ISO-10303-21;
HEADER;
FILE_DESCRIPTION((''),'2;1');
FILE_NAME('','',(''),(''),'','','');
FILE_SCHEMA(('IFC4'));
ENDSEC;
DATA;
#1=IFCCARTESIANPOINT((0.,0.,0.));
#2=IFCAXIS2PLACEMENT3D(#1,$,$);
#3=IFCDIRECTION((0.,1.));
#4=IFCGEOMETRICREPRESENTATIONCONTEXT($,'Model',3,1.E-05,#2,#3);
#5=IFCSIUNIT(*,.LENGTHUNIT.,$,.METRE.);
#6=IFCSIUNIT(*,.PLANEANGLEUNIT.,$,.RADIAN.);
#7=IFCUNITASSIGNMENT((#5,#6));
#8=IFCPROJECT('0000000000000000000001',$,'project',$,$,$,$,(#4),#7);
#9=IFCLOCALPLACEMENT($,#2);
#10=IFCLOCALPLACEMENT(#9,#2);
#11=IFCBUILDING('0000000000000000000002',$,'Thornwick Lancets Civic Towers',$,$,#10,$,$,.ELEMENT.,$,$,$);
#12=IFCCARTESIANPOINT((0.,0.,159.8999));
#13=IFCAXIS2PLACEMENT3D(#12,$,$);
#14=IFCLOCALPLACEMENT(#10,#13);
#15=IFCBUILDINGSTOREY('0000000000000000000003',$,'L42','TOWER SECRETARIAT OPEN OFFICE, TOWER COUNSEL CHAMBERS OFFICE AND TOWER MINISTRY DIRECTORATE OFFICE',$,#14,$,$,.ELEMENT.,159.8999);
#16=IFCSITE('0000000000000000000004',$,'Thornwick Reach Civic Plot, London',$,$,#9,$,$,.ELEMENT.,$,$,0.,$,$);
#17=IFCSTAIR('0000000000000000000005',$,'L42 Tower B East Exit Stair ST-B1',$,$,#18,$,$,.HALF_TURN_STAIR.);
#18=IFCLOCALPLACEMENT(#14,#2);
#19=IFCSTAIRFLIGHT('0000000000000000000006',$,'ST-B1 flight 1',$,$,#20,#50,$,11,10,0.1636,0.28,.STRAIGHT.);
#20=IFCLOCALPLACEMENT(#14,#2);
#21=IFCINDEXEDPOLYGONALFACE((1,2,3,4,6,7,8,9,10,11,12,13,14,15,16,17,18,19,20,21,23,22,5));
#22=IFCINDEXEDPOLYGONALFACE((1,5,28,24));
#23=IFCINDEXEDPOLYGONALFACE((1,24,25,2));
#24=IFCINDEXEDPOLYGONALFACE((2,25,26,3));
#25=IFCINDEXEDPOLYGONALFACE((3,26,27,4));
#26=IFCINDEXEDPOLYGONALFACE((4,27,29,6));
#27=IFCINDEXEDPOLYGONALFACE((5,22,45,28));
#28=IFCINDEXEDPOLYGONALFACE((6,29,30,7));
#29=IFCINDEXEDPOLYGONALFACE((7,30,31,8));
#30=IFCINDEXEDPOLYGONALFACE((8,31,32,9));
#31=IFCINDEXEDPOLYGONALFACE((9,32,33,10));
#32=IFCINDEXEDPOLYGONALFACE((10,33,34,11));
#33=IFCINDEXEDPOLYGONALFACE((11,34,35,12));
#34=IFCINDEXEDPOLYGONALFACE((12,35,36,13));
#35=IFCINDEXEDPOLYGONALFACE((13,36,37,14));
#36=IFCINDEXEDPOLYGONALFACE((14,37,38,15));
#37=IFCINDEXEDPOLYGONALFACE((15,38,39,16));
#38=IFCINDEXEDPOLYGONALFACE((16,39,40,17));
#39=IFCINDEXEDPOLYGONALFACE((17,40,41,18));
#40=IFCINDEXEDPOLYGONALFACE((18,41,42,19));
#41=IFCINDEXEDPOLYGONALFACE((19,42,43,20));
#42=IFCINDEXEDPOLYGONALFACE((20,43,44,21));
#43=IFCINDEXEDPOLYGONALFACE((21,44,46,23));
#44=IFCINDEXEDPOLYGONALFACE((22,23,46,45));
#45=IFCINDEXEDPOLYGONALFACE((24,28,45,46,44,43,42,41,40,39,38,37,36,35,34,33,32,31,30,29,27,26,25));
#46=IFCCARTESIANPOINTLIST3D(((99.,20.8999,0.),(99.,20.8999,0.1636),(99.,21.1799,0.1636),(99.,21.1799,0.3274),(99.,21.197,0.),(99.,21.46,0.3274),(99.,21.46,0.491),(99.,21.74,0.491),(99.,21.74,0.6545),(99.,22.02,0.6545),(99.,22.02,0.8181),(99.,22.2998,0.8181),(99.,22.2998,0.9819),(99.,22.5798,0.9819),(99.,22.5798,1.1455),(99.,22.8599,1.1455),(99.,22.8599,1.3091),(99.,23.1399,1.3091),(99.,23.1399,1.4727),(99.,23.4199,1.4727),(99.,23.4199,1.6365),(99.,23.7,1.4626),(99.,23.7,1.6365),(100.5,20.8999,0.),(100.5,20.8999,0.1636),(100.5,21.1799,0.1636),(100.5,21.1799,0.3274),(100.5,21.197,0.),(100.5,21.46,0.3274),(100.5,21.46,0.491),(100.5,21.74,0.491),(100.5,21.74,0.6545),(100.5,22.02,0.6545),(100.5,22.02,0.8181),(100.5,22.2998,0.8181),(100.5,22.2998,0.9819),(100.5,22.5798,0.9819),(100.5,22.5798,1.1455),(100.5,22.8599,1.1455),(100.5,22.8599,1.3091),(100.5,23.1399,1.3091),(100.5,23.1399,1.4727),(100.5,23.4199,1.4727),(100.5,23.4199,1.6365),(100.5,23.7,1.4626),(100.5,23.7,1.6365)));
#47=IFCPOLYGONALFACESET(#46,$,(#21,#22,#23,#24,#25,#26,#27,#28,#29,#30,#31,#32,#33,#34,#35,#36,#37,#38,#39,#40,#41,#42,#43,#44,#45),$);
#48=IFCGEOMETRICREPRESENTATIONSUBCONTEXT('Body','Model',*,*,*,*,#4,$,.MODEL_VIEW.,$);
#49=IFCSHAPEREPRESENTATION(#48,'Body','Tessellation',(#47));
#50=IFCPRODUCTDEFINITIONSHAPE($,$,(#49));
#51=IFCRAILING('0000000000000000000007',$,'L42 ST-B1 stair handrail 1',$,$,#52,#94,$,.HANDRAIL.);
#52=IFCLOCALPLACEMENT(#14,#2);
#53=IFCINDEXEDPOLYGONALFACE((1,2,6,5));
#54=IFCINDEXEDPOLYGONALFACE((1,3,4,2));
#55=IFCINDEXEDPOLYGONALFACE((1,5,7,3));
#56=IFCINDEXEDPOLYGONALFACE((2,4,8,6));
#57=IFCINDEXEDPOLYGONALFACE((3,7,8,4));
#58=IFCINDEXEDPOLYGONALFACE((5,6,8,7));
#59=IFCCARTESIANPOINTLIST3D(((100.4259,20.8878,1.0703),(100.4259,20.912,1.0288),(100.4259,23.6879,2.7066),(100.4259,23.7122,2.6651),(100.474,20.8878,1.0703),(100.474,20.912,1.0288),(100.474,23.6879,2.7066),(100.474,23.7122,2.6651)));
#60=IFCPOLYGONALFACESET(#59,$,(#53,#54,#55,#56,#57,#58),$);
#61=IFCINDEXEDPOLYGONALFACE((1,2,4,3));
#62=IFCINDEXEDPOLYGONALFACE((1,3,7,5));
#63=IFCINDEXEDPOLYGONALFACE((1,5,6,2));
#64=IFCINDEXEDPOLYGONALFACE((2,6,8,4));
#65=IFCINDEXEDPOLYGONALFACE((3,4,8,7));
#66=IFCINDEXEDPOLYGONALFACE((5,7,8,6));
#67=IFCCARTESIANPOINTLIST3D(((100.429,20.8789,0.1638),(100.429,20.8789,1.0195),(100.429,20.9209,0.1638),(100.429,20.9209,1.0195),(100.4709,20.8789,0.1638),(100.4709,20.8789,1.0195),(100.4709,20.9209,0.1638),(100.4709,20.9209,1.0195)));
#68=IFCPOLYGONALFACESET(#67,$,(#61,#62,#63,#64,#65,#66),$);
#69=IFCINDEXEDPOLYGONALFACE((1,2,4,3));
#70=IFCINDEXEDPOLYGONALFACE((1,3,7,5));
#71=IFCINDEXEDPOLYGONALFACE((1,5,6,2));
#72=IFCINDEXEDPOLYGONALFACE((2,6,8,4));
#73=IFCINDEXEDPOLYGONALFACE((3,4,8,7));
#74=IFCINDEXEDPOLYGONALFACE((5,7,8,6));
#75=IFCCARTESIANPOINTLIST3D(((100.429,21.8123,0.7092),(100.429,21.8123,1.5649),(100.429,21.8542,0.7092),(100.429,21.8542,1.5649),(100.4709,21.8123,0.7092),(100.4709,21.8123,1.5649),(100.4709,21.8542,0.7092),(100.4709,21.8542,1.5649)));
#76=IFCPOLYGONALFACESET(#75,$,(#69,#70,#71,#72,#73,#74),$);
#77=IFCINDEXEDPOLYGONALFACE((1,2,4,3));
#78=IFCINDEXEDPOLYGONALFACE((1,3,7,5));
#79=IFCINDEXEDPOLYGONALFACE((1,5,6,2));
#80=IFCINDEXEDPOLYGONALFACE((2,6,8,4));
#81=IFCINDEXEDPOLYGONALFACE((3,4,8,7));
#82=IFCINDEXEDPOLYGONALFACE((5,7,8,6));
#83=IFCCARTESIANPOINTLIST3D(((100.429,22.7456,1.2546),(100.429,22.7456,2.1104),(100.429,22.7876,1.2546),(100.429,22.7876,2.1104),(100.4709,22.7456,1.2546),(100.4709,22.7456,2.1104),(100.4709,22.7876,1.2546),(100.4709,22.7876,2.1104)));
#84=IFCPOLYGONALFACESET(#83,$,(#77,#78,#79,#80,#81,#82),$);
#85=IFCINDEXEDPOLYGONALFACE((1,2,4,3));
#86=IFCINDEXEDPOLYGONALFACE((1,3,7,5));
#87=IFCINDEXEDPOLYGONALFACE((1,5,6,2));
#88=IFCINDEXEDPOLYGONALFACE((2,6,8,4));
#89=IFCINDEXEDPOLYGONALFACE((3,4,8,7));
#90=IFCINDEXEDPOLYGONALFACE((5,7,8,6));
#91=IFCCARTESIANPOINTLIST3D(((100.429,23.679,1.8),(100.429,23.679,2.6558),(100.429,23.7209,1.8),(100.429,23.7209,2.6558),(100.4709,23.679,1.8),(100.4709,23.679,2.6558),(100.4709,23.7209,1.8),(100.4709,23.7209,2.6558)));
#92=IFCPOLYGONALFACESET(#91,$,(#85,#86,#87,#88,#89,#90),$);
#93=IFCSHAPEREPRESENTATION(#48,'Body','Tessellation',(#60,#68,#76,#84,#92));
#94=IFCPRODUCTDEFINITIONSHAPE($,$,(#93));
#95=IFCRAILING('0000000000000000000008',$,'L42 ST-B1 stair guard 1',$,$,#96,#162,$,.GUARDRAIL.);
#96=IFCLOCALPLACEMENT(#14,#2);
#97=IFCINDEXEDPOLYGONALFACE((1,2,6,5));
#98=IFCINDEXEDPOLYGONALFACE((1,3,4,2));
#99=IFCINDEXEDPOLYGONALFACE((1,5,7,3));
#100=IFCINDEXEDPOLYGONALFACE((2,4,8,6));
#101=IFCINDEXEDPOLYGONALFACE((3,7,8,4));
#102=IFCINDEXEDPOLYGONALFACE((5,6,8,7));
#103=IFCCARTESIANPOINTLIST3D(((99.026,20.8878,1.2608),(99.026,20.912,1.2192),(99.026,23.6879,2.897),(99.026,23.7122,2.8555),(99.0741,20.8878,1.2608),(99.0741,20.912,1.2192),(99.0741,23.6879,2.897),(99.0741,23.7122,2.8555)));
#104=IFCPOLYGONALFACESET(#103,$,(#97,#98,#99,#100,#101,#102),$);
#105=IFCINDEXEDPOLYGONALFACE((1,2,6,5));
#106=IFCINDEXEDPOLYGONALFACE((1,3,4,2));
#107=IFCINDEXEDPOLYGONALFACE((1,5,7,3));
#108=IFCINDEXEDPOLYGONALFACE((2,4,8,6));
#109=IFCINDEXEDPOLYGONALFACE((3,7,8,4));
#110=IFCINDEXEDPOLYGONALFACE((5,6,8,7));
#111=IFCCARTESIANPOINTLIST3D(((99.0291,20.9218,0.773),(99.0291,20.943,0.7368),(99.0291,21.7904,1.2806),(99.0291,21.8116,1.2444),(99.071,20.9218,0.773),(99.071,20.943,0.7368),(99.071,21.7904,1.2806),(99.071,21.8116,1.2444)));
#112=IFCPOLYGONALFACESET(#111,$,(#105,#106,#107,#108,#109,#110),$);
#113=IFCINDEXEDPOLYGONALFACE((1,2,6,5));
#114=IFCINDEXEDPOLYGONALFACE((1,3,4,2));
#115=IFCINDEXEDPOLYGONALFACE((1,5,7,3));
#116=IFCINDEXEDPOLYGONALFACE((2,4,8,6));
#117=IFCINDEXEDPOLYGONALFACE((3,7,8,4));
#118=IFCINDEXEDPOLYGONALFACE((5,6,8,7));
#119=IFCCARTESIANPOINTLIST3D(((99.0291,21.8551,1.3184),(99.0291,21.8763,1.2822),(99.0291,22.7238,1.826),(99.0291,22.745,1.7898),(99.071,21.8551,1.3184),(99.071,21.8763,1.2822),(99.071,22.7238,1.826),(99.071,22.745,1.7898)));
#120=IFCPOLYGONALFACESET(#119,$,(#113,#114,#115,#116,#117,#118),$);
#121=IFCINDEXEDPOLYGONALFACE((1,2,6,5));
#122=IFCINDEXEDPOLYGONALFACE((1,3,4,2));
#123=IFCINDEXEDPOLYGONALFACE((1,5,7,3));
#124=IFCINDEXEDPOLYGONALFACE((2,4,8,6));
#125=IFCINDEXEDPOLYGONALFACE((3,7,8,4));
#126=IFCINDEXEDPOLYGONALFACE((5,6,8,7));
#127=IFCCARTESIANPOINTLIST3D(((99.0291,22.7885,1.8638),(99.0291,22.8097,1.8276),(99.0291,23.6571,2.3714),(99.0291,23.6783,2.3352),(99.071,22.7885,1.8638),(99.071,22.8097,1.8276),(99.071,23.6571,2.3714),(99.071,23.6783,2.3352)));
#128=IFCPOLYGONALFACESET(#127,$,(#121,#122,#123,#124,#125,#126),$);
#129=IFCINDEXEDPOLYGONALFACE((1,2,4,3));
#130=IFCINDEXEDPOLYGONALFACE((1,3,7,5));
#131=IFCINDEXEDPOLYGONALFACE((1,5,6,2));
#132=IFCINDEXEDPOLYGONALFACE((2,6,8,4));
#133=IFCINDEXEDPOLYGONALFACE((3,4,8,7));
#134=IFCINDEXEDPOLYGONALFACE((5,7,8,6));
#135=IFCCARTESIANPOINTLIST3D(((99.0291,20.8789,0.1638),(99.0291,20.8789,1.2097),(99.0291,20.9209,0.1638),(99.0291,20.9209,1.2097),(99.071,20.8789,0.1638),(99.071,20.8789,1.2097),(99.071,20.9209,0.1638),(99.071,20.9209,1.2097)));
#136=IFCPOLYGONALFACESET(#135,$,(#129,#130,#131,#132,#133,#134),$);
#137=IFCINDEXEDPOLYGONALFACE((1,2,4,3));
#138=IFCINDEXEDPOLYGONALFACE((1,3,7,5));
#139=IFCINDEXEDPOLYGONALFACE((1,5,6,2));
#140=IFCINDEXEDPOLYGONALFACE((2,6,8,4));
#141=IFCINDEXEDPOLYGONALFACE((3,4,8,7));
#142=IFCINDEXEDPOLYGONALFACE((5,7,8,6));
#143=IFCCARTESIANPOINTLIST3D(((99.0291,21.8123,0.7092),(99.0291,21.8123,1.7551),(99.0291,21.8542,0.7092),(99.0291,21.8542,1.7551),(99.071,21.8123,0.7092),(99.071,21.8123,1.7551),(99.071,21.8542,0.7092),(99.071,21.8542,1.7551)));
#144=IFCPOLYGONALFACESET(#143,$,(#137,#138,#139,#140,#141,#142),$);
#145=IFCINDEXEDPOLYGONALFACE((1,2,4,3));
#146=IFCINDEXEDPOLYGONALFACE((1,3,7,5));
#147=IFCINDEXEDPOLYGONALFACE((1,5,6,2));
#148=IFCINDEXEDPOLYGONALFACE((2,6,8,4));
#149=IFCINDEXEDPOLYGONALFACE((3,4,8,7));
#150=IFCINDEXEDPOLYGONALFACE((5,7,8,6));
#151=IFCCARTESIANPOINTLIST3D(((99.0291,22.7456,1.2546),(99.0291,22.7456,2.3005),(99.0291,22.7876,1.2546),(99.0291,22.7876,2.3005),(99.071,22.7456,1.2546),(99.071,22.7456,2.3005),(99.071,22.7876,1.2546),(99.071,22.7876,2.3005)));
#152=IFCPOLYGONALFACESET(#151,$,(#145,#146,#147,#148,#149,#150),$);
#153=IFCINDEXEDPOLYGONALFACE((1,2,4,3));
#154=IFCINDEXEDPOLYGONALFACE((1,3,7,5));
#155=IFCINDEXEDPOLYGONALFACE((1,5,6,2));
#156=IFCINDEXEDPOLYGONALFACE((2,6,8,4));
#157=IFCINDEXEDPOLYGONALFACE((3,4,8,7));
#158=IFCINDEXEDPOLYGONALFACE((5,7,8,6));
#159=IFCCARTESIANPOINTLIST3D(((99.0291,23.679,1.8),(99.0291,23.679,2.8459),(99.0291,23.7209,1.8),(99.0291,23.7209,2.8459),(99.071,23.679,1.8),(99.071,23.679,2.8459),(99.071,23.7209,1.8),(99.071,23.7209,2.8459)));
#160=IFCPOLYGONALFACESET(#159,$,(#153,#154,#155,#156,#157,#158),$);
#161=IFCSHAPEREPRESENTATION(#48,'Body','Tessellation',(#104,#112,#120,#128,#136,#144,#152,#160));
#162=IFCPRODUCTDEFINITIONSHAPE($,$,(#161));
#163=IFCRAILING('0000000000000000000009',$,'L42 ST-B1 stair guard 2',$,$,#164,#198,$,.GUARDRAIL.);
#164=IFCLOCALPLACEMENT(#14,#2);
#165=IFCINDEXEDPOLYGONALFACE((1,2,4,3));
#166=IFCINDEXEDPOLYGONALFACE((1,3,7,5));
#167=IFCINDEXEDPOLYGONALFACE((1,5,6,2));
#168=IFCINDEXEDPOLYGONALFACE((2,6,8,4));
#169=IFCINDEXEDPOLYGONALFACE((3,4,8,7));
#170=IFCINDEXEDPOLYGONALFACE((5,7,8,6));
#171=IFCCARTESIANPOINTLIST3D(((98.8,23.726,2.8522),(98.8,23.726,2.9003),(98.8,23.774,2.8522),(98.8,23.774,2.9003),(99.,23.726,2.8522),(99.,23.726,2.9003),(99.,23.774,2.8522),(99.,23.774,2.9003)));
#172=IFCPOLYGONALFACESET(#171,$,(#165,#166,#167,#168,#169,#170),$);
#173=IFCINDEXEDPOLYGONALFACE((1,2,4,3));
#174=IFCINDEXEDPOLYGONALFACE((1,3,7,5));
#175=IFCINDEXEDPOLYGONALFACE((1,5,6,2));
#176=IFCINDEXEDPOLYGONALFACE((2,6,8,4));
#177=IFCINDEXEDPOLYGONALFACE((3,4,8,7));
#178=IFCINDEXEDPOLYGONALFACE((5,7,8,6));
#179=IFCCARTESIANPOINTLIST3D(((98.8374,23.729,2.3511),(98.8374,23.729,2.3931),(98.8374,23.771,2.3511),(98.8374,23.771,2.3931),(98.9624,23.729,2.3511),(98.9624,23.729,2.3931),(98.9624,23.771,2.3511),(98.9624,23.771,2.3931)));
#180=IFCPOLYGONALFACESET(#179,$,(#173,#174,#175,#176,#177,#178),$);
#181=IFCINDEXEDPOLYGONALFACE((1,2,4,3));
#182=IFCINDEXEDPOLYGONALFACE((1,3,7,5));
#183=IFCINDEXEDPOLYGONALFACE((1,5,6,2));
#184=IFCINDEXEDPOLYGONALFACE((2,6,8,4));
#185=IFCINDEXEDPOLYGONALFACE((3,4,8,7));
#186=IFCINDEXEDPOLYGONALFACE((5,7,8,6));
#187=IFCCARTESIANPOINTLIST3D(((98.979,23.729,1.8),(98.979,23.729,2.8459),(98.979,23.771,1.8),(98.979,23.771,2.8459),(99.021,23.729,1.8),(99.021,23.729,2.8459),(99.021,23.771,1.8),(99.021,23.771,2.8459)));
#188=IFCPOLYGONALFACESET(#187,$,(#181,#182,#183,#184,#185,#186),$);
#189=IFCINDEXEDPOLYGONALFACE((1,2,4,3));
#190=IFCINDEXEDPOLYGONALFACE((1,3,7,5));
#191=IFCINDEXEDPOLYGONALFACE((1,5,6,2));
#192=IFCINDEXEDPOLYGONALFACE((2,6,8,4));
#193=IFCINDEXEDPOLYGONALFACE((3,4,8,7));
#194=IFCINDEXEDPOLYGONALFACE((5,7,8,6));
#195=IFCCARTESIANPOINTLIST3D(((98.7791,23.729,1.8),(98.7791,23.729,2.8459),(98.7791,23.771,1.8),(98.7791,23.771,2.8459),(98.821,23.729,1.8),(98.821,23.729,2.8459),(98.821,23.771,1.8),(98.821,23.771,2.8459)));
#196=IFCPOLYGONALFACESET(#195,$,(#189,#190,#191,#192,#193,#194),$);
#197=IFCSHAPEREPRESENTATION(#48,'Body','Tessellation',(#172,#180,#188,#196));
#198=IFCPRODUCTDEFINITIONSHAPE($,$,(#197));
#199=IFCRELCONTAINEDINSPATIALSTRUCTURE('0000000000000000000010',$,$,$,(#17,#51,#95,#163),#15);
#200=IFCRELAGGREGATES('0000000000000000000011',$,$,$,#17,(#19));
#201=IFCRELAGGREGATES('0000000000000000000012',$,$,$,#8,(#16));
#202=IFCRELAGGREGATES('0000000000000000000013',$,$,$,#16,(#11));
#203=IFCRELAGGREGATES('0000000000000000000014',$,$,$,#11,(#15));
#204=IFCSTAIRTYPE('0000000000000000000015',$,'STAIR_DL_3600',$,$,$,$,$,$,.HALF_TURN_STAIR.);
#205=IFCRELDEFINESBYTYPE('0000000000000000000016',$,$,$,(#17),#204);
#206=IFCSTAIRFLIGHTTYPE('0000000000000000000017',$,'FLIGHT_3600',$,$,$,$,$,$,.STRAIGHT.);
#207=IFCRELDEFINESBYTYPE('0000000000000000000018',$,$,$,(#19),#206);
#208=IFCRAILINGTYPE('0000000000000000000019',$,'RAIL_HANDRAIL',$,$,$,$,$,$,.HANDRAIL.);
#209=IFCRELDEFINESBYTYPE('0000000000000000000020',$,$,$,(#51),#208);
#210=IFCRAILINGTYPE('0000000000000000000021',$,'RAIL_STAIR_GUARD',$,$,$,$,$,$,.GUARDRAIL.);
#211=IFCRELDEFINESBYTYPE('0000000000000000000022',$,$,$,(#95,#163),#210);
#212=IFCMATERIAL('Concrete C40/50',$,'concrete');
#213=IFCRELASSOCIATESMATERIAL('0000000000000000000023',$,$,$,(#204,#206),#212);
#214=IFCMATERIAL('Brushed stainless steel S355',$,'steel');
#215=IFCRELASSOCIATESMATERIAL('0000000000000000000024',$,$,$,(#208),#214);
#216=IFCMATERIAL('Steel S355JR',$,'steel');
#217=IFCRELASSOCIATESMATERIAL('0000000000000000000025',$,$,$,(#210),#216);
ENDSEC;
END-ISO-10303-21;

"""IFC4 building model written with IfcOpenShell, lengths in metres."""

from ifc_helpers import new_model, si_unit, direction, frame, origin, origin_2d, place, context, subcontext, project, spatial, polyline, rectangle, outline, extrude, material, type_object, element, aggregate, save


model = new_model("IFC4")

# Units and contexts
model_context = context("Model", 3, precision=1e-05, world=origin(), true_north=direction((0.0, 1.0)))
body_context = subcontext(model_context, "Body", "Model", "MODEL_VIEW")
ifc_project = project(units=[si_unit("LENGTHUNIT", "METRE"), si_unit("PLANEANGLEUNIT", "RADIAN")], contexts=[model_context])

# Site, building, storey
site_placement = place(None, origin())
site = spatial("IfcSite", under=ifc_project, at=site_placement, Name="Thornwick Reach Civic Plot, London", CompositionType="ELEMENT", RefElevation=0.0)
building_placement = place(site_placement, origin())
building = spatial("IfcBuilding", under=site, at=building_placement, Name="Thornwick Lancets Civic Towers", CompositionType="ELEMENT")
storey_placement = place(building_placement, frame((0.0, 0.0, 159.8999)))
storey = spatial("IfcBuildingStorey", under=building, at=storey_placement, Name="L42", Description="TOWER SECRETARIAT OPEN OFFICE, TOWER COUNSEL CHAMBERS OFFICE AND TOWER MINISTRY DIRECTORATE OFFICE", CompositionType="ELEMENT", Elevation=159.8999)

# Shared definitions
ifc_material_1 = material(Name="Steel S355JR", Category="steel")
ifc_material_2 = material(Name="Concrete C40/50", Category="concrete")

# Stair, stair flight
stair_type = type_object("IfcStairType", Name="STAIR_DL_3600", PredefinedType="HALF_TURN_STAIR", material=ifc_material_2)
stair_placement = place(storey_placement, origin())
stair = element("IfcStair", 1, at=stair_placement, inside=storey, type_object=stair_type, Name="L42 Tower B East Exit Stair ST-B1", PredefinedType="HALF_TURN_STAIR")
stair_flight_type = type_object("IfcStairFlightType", Name="FLIGHT_3600", PredefinedType="STRAIGHT", material=ifc_material_2)
stair_flight_placement = place(storey_placement, frame((99.75, 20.8999, 0.0), z_axis=(0.0, 0.0, 1.0), x_axis=(0.0, 1.0, 0.0)))
stair_flight = element("IfcStairFlight", 2, at=stair_flight_placement, type_object=stair_flight_type, Name="ST-B1 flight 1", NumberOfRisers=11, NumberOfTreads=10, PredefinedType="STRAIGHT", RiserHeight=0.1636, TreadLength=0.28, context=body_context, shape_type="SweptSolid", body=[
    extrude(outline(polyline([(0.0, 0.0), (0.0, 0.1636), (0.28, 0.1636), (0.28, 0.3274), (0.5601, 0.3274), (0.5601, 0.491), (0.8401, 0.491), (0.8401, 0.6545), (1.1201, 0.6545), (1.1201, 0.8181), (1.3999, 0.8181), (1.3999, 0.9819), (1.6799, 0.9819), (1.6799, 1.1455), (1.96, 1.1455), (1.96, 1.3091), (2.24, 1.3091), (2.24, 1.4727), (2.52, 1.4727), (2.52, 1.6365), (2.8, 1.6365), (2.8, 1.8), (2.8, 1.4626), (0.2971, 0.0), (0.0, 0.0)])), frame((0.0, 0.75, 0.0), z_axis=(0.0, -1.0, 0.0), x_axis=(1.0, 0.0, 0.0)), (0.0, 0.0, 1.0), 1.5),
])
aggregate(stair, [stair_flight])

# Railings
ifc_material_3 = material(Name="Brushed stainless steel S355", Category="steel")
railing_type_1 = type_object("IfcRailingType", Name="RAIL_HANDRAIL", PredefinedType="HANDRAIL", material=ifc_material_3)
railing_1_placement = place(storey_placement, frame((100.45, 20.8999, 0.1638)))
element("IfcRailing", 3, at=railing_1_placement, inside=storey, type_object=railing_type_1, Name="L42 ST-B1 stair handrail 1", PredefinedType="HANDRAIL", context=body_context, shape_type="SweptSolid", body=[
    extrude(rectangle(XDim=0.0481, YDim=0.0481, at=origin_2d()), frame((0.0, 0.0, 0.8857), z_axis=(0.0, 0.863394, 0.504531), x_axis=(-1.0, 0.0, 0.0)), (0.0, 0.0, 1.0), 3.2432),
    extrude(rectangle(XDim=0.042, YDim=0.042, at=origin_2d()), origin(), (0.0, 0.0, 1.0), 0.8557),
    extrude(rectangle(XDim=0.042, YDim=0.042, at=origin_2d()), frame((0.0, 0.9333, 0.5454)), (0.0, 0.0, 1.0), 0.8557),
    extrude(rectangle(XDim=0.042, YDim=0.042, at=origin_2d()), frame((0.0, 1.8667, 1.0908)), (0.0, 0.0, 1.0), 0.8557),
    extrude(rectangle(XDim=0.042, YDim=0.042, at=origin_2d()), frame((0.0, 2.8, 1.6362)), (0.0, 0.0, 1.0), 0.8557),
])
railing_type_2 = type_object("IfcRailingType", Name="RAIL_STAIR_GUARD", PredefinedType="GUARDRAIL", material=ifc_material_1)
railing_2_placement = place(storey_placement, frame((99.05, 20.8999, 0.1638)))
element("IfcRailing", 4, at=railing_2_placement, inside=storey, type_object=railing_type_2, Name="L42 ST-B1 stair guard 1", PredefinedType="GUARDRAIL", context=body_context, shape_type="SweptSolid", body=[
    extrude(rectangle(XDim=0.0481, YDim=0.0481, at=origin_2d()), frame((0.0, 0.0, 1.0762), z_axis=(0.0, 0.863394, 0.504531), x_axis=(-1.0, 0.0, 0.0)), (0.0, 0.0, 1.0), 3.2432),
    extrude(rectangle(XDim=0.042, YDim=0.042, at=origin_2d()), frame((0.0, 0.0325, 0.5911), z_axis=(0.0, 0.863394, 0.504531), x_axis=(-1.0, 0.0, 0.0)), (0.0, 0.0, 1.0), 1.0061),
    extrude(rectangle(XDim=0.042, YDim=0.042, at=origin_2d()), frame((0.0, 0.9658, 1.1365), z_axis=(0.0, 0.863394, 0.504531), x_axis=(-1.0, 0.0, 0.0)), (0.0, 0.0, 1.0), 1.0061),
    extrude(rectangle(XDim=0.042, YDim=0.042, at=origin_2d()), frame((0.0, 1.8992, 1.6819), z_axis=(0.0, 0.863394, 0.504531), x_axis=(-1.0, 0.0, 0.0)), (0.0, 0.0, 1.0), 1.0061),
    extrude(rectangle(XDim=0.042, YDim=0.042, at=origin_2d()), origin(), (0.0, 0.0, 1.0), 1.0459),
    extrude(rectangle(XDim=0.042, YDim=0.042, at=origin_2d()), frame((0.0, 0.9333, 0.5454)), (0.0, 0.0, 1.0), 1.0459),
    extrude(rectangle(XDim=0.042, YDim=0.042, at=origin_2d()), frame((0.0, 1.8667, 1.0908)), (0.0, 0.0, 1.0), 1.0459),
    extrude(rectangle(XDim=0.042, YDim=0.042, at=origin_2d()), frame((0.0, 2.8, 1.6362)), (0.0, 0.0, 1.0), 1.0459),
])
railing_3_placement = place(storey_placement, frame((99.0, 23.75, 1.8)))
element("IfcRailing", 5, at=railing_3_placement, inside=storey, type_object=railing_type_2, Name="L42 ST-B1 stair guard 2", PredefinedType="GUARDRAIL", context=body_context, shape_type="SweptSolid", body=[
    extrude(rectangle(XDim=0.0481, YDim=0.0481, at=origin_2d()), frame((0.0, 0.0, 1.0762), z_axis=(-1.0, 0.0, 0.0), x_axis=(0.0, -1.0, 0.0)), (0.0, 0.0, 1.0), 0.2),
    extrude(rectangle(XDim=0.042, YDim=0.042, at=origin_2d()), frame((-0.0376, 0.0, 0.572), z_axis=(-1.0, 0.0, 0.0), x_axis=(0.0, -1.0, 0.0)), (0.0, 0.0, 1.0), 0.125),
    extrude(rectangle(XDim=0.042, YDim=0.042, at=origin_2d()), origin(), (0.0, 0.0, 1.0), 1.0459),
    extrude(rectangle(XDim=0.042, YDim=0.042, at=origin_2d()), frame((-0.2, 0.0, 0.0)), (0.0, 0.0, 1.0), 1.0459),
])

save(model, "model.ifc")
